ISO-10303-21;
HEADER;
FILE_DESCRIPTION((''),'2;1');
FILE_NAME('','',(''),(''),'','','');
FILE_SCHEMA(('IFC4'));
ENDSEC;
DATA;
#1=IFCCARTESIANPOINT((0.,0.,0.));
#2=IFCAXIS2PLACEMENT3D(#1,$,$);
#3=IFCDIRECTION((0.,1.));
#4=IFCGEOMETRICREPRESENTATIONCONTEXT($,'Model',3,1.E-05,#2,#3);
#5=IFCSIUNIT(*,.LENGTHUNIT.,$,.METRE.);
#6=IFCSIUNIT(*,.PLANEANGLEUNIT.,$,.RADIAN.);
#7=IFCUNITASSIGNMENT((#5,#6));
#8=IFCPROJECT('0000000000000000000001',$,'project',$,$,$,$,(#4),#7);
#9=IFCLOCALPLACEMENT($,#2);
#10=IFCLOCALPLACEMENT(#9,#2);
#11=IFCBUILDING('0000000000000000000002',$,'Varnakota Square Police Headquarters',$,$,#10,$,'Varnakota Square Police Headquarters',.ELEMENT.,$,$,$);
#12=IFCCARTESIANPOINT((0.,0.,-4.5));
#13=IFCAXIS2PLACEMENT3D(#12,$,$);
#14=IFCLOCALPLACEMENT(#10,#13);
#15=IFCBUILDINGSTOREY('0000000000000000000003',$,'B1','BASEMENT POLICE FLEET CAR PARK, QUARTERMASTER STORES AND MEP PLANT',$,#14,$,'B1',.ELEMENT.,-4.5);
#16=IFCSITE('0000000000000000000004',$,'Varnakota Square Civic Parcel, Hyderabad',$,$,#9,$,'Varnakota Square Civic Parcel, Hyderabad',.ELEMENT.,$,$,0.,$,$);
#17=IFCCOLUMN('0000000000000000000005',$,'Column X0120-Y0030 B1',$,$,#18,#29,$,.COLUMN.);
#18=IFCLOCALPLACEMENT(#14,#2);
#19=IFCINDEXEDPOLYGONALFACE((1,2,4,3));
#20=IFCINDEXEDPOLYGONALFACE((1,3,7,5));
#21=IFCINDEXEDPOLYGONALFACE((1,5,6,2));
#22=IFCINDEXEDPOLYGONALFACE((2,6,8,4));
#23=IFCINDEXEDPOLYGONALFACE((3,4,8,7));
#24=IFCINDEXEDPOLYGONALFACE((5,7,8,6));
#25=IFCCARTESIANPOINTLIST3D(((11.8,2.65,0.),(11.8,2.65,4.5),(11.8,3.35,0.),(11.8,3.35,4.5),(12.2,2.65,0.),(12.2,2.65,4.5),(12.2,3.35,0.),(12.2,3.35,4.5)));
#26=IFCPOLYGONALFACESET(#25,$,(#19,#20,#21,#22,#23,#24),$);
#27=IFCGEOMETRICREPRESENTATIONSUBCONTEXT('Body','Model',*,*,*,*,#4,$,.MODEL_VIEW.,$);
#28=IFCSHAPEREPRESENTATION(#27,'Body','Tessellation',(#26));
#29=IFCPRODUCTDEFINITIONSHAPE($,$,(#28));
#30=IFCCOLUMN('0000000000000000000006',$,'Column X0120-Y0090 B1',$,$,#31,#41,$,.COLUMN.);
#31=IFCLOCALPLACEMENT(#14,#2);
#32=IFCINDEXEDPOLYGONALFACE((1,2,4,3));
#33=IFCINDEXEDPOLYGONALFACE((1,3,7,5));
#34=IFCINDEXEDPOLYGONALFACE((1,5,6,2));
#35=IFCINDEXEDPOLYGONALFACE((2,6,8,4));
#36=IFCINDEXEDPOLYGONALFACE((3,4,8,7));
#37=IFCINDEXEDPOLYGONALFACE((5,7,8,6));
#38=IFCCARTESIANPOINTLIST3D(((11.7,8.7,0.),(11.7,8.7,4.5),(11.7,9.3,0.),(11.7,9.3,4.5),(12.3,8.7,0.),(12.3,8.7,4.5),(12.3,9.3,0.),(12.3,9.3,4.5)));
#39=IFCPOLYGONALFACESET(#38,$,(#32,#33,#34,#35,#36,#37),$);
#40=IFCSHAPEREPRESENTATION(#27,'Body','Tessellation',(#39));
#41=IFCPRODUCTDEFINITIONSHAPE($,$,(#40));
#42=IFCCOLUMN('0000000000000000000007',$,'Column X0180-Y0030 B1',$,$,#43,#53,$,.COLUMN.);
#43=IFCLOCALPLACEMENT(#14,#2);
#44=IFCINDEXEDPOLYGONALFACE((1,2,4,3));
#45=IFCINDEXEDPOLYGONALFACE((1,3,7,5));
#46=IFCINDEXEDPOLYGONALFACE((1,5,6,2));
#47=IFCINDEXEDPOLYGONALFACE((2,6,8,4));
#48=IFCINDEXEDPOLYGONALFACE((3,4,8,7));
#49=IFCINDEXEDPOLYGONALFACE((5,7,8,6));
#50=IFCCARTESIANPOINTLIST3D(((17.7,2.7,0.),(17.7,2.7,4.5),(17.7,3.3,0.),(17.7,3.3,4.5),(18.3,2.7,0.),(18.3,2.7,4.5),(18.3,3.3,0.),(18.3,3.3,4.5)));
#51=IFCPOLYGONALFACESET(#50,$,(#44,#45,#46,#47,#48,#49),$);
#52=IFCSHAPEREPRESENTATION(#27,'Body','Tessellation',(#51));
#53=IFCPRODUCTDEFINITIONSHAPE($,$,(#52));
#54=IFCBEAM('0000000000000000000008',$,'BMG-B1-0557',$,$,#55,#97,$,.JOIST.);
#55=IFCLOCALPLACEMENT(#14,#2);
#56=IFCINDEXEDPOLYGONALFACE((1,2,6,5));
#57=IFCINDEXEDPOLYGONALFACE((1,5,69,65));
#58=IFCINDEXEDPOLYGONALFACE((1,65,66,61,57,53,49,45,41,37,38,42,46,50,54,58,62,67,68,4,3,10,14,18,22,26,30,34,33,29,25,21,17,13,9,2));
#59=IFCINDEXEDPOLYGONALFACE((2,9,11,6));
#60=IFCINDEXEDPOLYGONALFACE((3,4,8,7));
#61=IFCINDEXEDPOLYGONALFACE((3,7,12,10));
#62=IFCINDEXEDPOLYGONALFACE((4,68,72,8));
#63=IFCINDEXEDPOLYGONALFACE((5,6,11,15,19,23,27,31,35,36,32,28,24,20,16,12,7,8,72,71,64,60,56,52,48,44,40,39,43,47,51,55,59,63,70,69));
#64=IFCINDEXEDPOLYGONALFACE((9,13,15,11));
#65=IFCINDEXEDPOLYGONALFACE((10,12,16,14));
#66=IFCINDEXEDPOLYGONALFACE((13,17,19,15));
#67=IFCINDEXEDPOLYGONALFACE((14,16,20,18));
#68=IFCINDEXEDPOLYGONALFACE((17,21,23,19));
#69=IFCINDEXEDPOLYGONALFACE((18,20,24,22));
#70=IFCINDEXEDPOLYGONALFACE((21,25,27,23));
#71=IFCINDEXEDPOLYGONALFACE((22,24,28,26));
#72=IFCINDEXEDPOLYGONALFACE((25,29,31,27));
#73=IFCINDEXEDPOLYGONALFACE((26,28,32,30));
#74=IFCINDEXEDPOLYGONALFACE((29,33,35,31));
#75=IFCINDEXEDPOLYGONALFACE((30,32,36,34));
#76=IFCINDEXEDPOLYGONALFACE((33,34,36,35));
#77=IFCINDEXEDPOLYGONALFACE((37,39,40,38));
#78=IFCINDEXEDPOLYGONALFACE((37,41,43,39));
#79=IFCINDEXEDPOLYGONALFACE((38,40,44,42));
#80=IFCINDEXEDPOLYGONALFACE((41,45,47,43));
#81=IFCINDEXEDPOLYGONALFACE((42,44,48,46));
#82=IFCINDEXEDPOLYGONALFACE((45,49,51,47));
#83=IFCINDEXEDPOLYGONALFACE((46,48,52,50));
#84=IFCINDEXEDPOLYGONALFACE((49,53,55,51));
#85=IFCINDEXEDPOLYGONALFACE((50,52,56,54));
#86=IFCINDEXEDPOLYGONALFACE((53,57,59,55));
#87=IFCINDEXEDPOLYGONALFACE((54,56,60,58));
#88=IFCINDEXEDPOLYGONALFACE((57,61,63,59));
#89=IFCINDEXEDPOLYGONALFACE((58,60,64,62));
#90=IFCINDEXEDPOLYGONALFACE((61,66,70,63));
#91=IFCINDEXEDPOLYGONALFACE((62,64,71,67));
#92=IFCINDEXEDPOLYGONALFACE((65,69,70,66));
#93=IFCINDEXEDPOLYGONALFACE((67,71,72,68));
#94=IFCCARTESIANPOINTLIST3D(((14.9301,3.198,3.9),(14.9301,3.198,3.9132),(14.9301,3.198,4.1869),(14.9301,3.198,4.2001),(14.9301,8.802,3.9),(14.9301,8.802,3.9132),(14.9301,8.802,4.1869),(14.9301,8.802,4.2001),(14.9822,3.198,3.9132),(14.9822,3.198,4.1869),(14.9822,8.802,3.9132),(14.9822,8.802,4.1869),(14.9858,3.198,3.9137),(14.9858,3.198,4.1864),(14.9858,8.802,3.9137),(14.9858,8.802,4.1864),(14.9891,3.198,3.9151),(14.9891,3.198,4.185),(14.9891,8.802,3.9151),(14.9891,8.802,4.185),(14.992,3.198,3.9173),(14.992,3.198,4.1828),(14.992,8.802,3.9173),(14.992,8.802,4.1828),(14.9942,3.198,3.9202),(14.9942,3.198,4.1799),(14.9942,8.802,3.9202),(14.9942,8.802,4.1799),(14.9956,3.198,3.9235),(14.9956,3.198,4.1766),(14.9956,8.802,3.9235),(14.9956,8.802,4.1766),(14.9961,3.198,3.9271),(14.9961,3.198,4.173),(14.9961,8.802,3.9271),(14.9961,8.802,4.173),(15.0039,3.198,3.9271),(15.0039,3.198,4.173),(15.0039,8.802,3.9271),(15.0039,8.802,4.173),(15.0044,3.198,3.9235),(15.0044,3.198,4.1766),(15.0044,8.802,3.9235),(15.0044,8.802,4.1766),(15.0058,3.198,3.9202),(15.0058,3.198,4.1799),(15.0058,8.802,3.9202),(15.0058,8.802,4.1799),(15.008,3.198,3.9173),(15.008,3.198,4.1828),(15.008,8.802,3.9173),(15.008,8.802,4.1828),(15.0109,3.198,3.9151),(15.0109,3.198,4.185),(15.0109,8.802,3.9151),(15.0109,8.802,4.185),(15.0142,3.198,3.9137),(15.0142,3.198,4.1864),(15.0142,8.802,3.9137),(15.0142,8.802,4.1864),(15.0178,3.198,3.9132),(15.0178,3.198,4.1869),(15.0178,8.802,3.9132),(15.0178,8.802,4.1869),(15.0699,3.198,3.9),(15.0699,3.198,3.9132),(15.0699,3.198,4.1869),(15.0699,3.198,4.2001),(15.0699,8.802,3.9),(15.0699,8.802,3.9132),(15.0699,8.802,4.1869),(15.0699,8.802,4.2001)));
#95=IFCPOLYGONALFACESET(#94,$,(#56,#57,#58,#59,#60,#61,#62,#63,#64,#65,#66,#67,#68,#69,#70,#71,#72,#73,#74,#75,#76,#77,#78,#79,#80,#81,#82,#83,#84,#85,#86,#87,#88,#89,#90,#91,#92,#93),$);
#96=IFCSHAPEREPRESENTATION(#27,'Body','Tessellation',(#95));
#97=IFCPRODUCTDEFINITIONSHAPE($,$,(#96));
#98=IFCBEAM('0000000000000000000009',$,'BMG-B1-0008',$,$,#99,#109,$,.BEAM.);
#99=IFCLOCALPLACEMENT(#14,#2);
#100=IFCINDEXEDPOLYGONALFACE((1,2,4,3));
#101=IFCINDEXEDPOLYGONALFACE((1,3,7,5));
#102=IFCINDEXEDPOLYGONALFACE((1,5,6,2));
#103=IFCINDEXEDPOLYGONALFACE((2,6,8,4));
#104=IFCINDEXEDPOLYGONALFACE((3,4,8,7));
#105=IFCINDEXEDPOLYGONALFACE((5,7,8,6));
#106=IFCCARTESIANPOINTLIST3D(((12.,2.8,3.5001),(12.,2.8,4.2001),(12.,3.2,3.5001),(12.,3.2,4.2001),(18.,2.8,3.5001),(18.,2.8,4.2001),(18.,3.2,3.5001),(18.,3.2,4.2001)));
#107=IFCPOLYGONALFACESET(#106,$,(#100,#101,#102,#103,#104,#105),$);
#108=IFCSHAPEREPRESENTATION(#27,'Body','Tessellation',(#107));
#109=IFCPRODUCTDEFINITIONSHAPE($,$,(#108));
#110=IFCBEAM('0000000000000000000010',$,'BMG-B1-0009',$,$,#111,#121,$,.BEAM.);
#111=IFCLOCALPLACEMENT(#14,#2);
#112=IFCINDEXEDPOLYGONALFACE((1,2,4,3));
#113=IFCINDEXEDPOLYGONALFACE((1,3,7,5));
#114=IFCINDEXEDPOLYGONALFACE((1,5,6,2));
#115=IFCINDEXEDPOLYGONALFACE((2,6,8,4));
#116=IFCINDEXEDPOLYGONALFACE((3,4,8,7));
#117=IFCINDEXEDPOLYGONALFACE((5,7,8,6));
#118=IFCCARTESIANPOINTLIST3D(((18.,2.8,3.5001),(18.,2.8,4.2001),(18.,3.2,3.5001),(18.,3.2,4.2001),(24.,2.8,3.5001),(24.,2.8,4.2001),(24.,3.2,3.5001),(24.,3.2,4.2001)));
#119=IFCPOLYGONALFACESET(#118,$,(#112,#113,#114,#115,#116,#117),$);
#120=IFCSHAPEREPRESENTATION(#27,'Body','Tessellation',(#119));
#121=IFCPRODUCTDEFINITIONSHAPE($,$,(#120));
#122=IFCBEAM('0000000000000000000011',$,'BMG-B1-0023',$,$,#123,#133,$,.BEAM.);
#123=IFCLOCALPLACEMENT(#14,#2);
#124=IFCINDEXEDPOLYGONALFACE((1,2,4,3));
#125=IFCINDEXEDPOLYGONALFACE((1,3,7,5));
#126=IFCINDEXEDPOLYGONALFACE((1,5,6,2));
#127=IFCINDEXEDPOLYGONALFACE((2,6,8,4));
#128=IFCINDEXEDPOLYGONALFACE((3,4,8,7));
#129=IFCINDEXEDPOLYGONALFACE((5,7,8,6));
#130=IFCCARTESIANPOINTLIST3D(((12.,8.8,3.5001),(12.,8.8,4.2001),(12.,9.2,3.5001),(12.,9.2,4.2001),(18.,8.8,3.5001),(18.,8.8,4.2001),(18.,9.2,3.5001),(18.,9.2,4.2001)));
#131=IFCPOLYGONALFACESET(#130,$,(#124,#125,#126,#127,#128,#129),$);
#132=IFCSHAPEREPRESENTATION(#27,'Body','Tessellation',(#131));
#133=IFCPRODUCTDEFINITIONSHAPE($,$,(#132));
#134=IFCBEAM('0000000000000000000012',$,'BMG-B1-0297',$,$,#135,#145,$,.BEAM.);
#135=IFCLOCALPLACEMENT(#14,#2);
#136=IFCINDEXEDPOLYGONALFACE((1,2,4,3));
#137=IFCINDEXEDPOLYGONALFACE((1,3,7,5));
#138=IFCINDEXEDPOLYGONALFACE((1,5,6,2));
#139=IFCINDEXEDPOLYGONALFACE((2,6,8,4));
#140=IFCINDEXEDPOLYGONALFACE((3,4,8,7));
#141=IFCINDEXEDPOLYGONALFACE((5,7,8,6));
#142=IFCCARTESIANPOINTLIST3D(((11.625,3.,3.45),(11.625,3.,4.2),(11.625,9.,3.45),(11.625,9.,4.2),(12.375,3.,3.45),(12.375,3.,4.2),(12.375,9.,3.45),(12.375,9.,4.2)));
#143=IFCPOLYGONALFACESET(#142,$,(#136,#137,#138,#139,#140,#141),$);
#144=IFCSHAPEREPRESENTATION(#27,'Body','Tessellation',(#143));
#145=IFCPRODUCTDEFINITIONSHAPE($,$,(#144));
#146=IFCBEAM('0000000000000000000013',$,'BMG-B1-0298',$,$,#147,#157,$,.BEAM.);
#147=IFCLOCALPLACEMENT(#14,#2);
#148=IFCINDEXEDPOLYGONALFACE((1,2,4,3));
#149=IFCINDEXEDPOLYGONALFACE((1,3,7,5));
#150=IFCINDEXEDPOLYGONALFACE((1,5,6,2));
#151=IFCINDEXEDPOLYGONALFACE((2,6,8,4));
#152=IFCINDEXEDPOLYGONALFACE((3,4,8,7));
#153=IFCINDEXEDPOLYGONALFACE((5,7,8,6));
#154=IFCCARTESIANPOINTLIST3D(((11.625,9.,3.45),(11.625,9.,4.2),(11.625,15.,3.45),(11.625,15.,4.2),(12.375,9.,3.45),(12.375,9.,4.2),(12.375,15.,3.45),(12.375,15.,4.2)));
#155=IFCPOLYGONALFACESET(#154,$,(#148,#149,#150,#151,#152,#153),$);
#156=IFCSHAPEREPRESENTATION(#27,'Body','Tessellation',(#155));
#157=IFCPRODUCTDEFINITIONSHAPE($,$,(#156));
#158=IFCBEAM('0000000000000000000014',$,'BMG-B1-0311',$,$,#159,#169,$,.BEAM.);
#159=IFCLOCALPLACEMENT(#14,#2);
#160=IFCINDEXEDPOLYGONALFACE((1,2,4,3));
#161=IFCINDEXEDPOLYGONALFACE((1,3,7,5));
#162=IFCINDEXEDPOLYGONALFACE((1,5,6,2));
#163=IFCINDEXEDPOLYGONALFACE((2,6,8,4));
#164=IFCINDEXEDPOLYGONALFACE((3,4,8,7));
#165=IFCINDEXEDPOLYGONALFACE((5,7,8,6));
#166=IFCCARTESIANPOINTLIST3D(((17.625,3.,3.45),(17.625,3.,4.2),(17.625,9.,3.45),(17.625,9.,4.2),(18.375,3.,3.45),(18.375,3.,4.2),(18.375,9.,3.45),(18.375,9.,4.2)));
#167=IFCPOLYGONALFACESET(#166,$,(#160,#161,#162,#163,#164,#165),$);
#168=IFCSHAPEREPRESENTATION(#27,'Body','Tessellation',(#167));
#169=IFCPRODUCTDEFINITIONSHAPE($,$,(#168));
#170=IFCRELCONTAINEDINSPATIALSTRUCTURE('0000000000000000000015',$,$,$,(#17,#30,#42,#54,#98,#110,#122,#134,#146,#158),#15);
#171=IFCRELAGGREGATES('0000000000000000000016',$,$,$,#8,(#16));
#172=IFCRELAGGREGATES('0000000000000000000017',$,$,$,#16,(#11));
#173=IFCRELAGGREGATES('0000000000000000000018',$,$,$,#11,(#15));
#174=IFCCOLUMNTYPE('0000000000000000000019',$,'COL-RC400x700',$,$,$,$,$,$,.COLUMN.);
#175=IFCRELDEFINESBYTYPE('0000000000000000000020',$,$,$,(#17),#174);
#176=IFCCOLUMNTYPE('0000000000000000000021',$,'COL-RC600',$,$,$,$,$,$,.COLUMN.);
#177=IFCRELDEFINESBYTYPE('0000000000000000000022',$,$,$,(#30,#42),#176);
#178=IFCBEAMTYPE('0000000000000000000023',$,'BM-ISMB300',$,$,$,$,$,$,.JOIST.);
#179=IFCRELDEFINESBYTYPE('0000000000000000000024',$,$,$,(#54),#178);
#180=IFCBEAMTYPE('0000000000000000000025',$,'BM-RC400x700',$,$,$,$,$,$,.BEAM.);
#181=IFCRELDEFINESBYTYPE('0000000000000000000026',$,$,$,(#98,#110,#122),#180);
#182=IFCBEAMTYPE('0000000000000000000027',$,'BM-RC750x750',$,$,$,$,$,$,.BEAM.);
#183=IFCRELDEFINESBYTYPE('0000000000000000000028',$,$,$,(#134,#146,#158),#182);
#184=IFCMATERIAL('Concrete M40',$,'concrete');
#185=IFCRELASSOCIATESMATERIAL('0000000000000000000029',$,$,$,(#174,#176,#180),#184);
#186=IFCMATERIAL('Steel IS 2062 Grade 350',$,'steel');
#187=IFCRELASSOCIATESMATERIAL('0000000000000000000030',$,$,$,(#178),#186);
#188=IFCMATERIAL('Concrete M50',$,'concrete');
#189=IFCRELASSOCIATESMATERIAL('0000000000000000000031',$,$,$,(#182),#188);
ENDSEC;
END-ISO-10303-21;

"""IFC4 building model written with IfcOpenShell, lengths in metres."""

from ifc_helpers import new_model, si_unit, direction, frame, origin, origin_2d, place, context, subcontext, project, spatial, rectangle, i_section, extrude, material, material_profile, profile_set, type_object, element, save


model = new_model("IFC4")

# Units and contexts
model_context = context("Model", 3, precision=1e-05, world=origin(), true_north=direction((0.0, 1.0)))
body_context = subcontext(model_context, "Body", "Model", "MODEL_VIEW")
ifc_project = project(units=[si_unit("LENGTHUNIT", "METRE"), si_unit("PLANEANGLEUNIT", "RADIAN")], contexts=[model_context])

# Site, building, storey
site_placement = place(None, origin())
site = spatial("IfcSite", under=ifc_project, at=site_placement, Name="Varnakota Square Civic Parcel, Hyderabad", LongName="Varnakota Square Civic Parcel, Hyderabad", CompositionType="ELEMENT", RefElevation=0.0)
building_placement = place(site_placement, origin())
building = spatial("IfcBuilding", under=site, at=building_placement, Name="Varnakota Square Police Headquarters", LongName="Varnakota Square Police Headquarters", CompositionType="ELEMENT")
storey_placement = place(building_placement, frame((0.0, 0.0, -4.5)))
storey = spatial("IfcBuildingStorey", under=building, at=storey_placement, Name="B1", Description="BASEMENT POLICE FLEET CAR PARK, QUARTERMASTER STORES AND MEP PLANT", LongName="B1", CompositionType="ELEMENT", Elevation=-4.5)

# Shared definitions
ifc_material_1 = material(Name="Concrete M40", Category="concrete")

# Columns
ifc_material_profile_1 = material_profile(ifc_material_1, rectangle(XDim=0.3999, YDim=0.7, at=origin_2d()), Name="RC 400x700")
ifc_profile_set_1 = profile_set([ifc_material_profile_1], Name="Concrete M40")
column_type_1 = type_object("IfcColumnType", Name="COL-RC400x700", PredefinedType="COLUMN", material=ifc_profile_set_1)
column_placement = place(storey_placement, frame((12.0, 3.0, 0.0), z_axis=(0.0, 0.0, 1.0), x_axis=(1.0, 0.0, 0.0)))
element("IfcColumn", 1, at=column_placement, inside=storey, type_object=column_type_1, Name="Column X0120-Y0030 B1", PredefinedType="COLUMN", context=body_context, shape_type="SweptSolid", body=[
    extrude(rectangle(XDim=0.3999, YDim=0.7, at=origin_2d()), origin(), (0.0, 0.0, 1.0), 4.5),
])
ifc_material_profile_2 = material_profile(ifc_material_1, rectangle(XDim=0.6001, YDim=0.6001, at=origin_2d()), Name="RC 600x600")
ifc_profile_set_2 = profile_set([ifc_material_profile_2], Name="Concrete M40")
column_type_2 = type_object("IfcColumnType", Name="COL-RC600", PredefinedType="COLUMN", material=ifc_profile_set_2)
for number, where, z_axis, x_axis, name in (
    (2, (12.0, 9.0, 0.0), (0.0, 0.0, 1.0), (1.0, 0.0, 0.0), "Column X0120-Y0090 B1"),
    (3, (18.0, 3.0, 0.0), (0.0, 0.0, 1.0), (1.0, 0.0, 0.0), "Column X0180-Y0030 B1"),
):
    element("IfcColumn", number, at=place(storey_placement, frame(where, z_axis=z_axis, x_axis=x_axis)), inside=storey, type_object=column_type_2, Name=name, PredefinedType="COLUMN", context=body_context, shape_type="SweptSolid", body=[
        extrude(rectangle(XDim=0.6001, YDim=0.6001, at=origin_2d()), origin(), (0.0, 0.0, 1.0), 4.5),
    ])

# Beams
ifc_material_2 = material(Name="Steel IS 2062 Grade 350", Category="steel")
ifc_material_profile_3 = material_profile(ifc_material_2, i_section(OverallWidth=0.1399, OverallDepth=0.3, WebThickness=0.0078, FlangeThickness=0.0132, FilletRadius=0.0139, at=origin_2d()), Name="ISMB 300")
ifc_profile_set_3 = profile_set([ifc_material_profile_3], Name="Steel IS 2062 Grade 350")
beam_type_1 = type_object("IfcBeamType", Name="BM-ISMB300", PredefinedType="JOIST", material=ifc_profile_set_3)
beam_placement = place(storey_placement, frame((15.0, 3.198, 4.05), z_axis=(0.0, 1.0, 0.0), x_axis=(-1.0, 0.0, 0.0)))
element("IfcBeam", 4, at=beam_placement, inside=storey, type_object=beam_type_1, Name="BMG-B1-0557", PredefinedType="JOIST", context=body_context, shape_type="SweptSolid", body=[
    extrude(i_section(OverallWidth=0.1399, OverallDepth=0.3, WebThickness=0.0078, FlangeThickness=0.0132, FilletRadius=0.0139, at=origin_2d()), origin(), (0.0, 0.0, 1.0), 5.604),
])
ifc_material_profile_4 = material_profile(ifc_material_1, rectangle(XDim=0.3999, YDim=0.7, at=origin_2d()), Name="RC 400x700")
ifc_profile_set_4 = profile_set([ifc_material_profile_4], Name="Concrete M40")
beam_type_2 = type_object("IfcBeamType", Name="BM-RC400x700", PredefinedType="BEAM", material=ifc_profile_set_4)
for number, where, z_axis, x_axis, name in (
    (5, (12.0, 3.0, 3.8501), (1.0, 0.0, 0.0), (0.0, 1.0, 0.0), "BMG-B1-0008"),
    (6, (18.0, 3.0, 3.8501), (1.0, 0.0, 0.0), (0.0, 1.0, 0.0), "BMG-B1-0009"),
    (7, (12.0, 9.0, 3.8501), (1.0, 0.0, 0.0), (0.0, 1.0, 0.0), "BMG-B1-0023"),
):
    element("IfcBeam", number, at=place(storey_placement, frame(where, z_axis=z_axis, x_axis=x_axis)), inside=storey, type_object=beam_type_2, Name=name, PredefinedType="BEAM", context=body_context, shape_type="SweptSolid", body=[
        extrude(rectangle(XDim=0.3999, YDim=0.7, at=origin_2d()), origin(), (0.0, 0.0, 1.0), 6.0),
    ])
ifc_material_3 = material(Name="Concrete M50", Category="concrete")
ifc_material_profile_5 = material_profile(ifc_material_3, rectangle(XDim=0.75, YDim=0.75, at=origin_2d()), Name="RC 750x750")
ifc_profile_set_5 = profile_set([ifc_material_profile_5], Name="Concrete M50")
beam_type_3 = type_object("IfcBeamType", Name="BM-RC750x750", PredefinedType="BEAM", material=ifc_profile_set_5)
for number, where, z_axis, x_axis, name in (
    (8, (12.0, 3.0, 3.825), (0.0, 1.0, 0.0), (-1.0, 0.0, 0.0), "BMG-B1-0297"),
    (9, (12.0, 9.0, 3.825), (0.0, 1.0, 0.0), (-1.0, 0.0, 0.0), "BMG-B1-0298"),
    (10, (18.0, 3.0, 3.825), (0.0, 1.0, 0.0), (-1.0, 0.0, 0.0), "BMG-B1-0311"),
):
    element("IfcBeam", number, at=place(storey_placement, frame(where, z_axis=z_axis, x_axis=x_axis)), inside=storey, type_object=beam_type_3, Name=name, PredefinedType="BEAM", context=body_context, shape_type="SweptSolid", body=[
        extrude(rectangle(XDim=0.75, YDim=0.75, at=origin_2d()), origin(), (0.0, 0.0, 1.0), 6.0),
    ])

save(model, "model.ifc")
